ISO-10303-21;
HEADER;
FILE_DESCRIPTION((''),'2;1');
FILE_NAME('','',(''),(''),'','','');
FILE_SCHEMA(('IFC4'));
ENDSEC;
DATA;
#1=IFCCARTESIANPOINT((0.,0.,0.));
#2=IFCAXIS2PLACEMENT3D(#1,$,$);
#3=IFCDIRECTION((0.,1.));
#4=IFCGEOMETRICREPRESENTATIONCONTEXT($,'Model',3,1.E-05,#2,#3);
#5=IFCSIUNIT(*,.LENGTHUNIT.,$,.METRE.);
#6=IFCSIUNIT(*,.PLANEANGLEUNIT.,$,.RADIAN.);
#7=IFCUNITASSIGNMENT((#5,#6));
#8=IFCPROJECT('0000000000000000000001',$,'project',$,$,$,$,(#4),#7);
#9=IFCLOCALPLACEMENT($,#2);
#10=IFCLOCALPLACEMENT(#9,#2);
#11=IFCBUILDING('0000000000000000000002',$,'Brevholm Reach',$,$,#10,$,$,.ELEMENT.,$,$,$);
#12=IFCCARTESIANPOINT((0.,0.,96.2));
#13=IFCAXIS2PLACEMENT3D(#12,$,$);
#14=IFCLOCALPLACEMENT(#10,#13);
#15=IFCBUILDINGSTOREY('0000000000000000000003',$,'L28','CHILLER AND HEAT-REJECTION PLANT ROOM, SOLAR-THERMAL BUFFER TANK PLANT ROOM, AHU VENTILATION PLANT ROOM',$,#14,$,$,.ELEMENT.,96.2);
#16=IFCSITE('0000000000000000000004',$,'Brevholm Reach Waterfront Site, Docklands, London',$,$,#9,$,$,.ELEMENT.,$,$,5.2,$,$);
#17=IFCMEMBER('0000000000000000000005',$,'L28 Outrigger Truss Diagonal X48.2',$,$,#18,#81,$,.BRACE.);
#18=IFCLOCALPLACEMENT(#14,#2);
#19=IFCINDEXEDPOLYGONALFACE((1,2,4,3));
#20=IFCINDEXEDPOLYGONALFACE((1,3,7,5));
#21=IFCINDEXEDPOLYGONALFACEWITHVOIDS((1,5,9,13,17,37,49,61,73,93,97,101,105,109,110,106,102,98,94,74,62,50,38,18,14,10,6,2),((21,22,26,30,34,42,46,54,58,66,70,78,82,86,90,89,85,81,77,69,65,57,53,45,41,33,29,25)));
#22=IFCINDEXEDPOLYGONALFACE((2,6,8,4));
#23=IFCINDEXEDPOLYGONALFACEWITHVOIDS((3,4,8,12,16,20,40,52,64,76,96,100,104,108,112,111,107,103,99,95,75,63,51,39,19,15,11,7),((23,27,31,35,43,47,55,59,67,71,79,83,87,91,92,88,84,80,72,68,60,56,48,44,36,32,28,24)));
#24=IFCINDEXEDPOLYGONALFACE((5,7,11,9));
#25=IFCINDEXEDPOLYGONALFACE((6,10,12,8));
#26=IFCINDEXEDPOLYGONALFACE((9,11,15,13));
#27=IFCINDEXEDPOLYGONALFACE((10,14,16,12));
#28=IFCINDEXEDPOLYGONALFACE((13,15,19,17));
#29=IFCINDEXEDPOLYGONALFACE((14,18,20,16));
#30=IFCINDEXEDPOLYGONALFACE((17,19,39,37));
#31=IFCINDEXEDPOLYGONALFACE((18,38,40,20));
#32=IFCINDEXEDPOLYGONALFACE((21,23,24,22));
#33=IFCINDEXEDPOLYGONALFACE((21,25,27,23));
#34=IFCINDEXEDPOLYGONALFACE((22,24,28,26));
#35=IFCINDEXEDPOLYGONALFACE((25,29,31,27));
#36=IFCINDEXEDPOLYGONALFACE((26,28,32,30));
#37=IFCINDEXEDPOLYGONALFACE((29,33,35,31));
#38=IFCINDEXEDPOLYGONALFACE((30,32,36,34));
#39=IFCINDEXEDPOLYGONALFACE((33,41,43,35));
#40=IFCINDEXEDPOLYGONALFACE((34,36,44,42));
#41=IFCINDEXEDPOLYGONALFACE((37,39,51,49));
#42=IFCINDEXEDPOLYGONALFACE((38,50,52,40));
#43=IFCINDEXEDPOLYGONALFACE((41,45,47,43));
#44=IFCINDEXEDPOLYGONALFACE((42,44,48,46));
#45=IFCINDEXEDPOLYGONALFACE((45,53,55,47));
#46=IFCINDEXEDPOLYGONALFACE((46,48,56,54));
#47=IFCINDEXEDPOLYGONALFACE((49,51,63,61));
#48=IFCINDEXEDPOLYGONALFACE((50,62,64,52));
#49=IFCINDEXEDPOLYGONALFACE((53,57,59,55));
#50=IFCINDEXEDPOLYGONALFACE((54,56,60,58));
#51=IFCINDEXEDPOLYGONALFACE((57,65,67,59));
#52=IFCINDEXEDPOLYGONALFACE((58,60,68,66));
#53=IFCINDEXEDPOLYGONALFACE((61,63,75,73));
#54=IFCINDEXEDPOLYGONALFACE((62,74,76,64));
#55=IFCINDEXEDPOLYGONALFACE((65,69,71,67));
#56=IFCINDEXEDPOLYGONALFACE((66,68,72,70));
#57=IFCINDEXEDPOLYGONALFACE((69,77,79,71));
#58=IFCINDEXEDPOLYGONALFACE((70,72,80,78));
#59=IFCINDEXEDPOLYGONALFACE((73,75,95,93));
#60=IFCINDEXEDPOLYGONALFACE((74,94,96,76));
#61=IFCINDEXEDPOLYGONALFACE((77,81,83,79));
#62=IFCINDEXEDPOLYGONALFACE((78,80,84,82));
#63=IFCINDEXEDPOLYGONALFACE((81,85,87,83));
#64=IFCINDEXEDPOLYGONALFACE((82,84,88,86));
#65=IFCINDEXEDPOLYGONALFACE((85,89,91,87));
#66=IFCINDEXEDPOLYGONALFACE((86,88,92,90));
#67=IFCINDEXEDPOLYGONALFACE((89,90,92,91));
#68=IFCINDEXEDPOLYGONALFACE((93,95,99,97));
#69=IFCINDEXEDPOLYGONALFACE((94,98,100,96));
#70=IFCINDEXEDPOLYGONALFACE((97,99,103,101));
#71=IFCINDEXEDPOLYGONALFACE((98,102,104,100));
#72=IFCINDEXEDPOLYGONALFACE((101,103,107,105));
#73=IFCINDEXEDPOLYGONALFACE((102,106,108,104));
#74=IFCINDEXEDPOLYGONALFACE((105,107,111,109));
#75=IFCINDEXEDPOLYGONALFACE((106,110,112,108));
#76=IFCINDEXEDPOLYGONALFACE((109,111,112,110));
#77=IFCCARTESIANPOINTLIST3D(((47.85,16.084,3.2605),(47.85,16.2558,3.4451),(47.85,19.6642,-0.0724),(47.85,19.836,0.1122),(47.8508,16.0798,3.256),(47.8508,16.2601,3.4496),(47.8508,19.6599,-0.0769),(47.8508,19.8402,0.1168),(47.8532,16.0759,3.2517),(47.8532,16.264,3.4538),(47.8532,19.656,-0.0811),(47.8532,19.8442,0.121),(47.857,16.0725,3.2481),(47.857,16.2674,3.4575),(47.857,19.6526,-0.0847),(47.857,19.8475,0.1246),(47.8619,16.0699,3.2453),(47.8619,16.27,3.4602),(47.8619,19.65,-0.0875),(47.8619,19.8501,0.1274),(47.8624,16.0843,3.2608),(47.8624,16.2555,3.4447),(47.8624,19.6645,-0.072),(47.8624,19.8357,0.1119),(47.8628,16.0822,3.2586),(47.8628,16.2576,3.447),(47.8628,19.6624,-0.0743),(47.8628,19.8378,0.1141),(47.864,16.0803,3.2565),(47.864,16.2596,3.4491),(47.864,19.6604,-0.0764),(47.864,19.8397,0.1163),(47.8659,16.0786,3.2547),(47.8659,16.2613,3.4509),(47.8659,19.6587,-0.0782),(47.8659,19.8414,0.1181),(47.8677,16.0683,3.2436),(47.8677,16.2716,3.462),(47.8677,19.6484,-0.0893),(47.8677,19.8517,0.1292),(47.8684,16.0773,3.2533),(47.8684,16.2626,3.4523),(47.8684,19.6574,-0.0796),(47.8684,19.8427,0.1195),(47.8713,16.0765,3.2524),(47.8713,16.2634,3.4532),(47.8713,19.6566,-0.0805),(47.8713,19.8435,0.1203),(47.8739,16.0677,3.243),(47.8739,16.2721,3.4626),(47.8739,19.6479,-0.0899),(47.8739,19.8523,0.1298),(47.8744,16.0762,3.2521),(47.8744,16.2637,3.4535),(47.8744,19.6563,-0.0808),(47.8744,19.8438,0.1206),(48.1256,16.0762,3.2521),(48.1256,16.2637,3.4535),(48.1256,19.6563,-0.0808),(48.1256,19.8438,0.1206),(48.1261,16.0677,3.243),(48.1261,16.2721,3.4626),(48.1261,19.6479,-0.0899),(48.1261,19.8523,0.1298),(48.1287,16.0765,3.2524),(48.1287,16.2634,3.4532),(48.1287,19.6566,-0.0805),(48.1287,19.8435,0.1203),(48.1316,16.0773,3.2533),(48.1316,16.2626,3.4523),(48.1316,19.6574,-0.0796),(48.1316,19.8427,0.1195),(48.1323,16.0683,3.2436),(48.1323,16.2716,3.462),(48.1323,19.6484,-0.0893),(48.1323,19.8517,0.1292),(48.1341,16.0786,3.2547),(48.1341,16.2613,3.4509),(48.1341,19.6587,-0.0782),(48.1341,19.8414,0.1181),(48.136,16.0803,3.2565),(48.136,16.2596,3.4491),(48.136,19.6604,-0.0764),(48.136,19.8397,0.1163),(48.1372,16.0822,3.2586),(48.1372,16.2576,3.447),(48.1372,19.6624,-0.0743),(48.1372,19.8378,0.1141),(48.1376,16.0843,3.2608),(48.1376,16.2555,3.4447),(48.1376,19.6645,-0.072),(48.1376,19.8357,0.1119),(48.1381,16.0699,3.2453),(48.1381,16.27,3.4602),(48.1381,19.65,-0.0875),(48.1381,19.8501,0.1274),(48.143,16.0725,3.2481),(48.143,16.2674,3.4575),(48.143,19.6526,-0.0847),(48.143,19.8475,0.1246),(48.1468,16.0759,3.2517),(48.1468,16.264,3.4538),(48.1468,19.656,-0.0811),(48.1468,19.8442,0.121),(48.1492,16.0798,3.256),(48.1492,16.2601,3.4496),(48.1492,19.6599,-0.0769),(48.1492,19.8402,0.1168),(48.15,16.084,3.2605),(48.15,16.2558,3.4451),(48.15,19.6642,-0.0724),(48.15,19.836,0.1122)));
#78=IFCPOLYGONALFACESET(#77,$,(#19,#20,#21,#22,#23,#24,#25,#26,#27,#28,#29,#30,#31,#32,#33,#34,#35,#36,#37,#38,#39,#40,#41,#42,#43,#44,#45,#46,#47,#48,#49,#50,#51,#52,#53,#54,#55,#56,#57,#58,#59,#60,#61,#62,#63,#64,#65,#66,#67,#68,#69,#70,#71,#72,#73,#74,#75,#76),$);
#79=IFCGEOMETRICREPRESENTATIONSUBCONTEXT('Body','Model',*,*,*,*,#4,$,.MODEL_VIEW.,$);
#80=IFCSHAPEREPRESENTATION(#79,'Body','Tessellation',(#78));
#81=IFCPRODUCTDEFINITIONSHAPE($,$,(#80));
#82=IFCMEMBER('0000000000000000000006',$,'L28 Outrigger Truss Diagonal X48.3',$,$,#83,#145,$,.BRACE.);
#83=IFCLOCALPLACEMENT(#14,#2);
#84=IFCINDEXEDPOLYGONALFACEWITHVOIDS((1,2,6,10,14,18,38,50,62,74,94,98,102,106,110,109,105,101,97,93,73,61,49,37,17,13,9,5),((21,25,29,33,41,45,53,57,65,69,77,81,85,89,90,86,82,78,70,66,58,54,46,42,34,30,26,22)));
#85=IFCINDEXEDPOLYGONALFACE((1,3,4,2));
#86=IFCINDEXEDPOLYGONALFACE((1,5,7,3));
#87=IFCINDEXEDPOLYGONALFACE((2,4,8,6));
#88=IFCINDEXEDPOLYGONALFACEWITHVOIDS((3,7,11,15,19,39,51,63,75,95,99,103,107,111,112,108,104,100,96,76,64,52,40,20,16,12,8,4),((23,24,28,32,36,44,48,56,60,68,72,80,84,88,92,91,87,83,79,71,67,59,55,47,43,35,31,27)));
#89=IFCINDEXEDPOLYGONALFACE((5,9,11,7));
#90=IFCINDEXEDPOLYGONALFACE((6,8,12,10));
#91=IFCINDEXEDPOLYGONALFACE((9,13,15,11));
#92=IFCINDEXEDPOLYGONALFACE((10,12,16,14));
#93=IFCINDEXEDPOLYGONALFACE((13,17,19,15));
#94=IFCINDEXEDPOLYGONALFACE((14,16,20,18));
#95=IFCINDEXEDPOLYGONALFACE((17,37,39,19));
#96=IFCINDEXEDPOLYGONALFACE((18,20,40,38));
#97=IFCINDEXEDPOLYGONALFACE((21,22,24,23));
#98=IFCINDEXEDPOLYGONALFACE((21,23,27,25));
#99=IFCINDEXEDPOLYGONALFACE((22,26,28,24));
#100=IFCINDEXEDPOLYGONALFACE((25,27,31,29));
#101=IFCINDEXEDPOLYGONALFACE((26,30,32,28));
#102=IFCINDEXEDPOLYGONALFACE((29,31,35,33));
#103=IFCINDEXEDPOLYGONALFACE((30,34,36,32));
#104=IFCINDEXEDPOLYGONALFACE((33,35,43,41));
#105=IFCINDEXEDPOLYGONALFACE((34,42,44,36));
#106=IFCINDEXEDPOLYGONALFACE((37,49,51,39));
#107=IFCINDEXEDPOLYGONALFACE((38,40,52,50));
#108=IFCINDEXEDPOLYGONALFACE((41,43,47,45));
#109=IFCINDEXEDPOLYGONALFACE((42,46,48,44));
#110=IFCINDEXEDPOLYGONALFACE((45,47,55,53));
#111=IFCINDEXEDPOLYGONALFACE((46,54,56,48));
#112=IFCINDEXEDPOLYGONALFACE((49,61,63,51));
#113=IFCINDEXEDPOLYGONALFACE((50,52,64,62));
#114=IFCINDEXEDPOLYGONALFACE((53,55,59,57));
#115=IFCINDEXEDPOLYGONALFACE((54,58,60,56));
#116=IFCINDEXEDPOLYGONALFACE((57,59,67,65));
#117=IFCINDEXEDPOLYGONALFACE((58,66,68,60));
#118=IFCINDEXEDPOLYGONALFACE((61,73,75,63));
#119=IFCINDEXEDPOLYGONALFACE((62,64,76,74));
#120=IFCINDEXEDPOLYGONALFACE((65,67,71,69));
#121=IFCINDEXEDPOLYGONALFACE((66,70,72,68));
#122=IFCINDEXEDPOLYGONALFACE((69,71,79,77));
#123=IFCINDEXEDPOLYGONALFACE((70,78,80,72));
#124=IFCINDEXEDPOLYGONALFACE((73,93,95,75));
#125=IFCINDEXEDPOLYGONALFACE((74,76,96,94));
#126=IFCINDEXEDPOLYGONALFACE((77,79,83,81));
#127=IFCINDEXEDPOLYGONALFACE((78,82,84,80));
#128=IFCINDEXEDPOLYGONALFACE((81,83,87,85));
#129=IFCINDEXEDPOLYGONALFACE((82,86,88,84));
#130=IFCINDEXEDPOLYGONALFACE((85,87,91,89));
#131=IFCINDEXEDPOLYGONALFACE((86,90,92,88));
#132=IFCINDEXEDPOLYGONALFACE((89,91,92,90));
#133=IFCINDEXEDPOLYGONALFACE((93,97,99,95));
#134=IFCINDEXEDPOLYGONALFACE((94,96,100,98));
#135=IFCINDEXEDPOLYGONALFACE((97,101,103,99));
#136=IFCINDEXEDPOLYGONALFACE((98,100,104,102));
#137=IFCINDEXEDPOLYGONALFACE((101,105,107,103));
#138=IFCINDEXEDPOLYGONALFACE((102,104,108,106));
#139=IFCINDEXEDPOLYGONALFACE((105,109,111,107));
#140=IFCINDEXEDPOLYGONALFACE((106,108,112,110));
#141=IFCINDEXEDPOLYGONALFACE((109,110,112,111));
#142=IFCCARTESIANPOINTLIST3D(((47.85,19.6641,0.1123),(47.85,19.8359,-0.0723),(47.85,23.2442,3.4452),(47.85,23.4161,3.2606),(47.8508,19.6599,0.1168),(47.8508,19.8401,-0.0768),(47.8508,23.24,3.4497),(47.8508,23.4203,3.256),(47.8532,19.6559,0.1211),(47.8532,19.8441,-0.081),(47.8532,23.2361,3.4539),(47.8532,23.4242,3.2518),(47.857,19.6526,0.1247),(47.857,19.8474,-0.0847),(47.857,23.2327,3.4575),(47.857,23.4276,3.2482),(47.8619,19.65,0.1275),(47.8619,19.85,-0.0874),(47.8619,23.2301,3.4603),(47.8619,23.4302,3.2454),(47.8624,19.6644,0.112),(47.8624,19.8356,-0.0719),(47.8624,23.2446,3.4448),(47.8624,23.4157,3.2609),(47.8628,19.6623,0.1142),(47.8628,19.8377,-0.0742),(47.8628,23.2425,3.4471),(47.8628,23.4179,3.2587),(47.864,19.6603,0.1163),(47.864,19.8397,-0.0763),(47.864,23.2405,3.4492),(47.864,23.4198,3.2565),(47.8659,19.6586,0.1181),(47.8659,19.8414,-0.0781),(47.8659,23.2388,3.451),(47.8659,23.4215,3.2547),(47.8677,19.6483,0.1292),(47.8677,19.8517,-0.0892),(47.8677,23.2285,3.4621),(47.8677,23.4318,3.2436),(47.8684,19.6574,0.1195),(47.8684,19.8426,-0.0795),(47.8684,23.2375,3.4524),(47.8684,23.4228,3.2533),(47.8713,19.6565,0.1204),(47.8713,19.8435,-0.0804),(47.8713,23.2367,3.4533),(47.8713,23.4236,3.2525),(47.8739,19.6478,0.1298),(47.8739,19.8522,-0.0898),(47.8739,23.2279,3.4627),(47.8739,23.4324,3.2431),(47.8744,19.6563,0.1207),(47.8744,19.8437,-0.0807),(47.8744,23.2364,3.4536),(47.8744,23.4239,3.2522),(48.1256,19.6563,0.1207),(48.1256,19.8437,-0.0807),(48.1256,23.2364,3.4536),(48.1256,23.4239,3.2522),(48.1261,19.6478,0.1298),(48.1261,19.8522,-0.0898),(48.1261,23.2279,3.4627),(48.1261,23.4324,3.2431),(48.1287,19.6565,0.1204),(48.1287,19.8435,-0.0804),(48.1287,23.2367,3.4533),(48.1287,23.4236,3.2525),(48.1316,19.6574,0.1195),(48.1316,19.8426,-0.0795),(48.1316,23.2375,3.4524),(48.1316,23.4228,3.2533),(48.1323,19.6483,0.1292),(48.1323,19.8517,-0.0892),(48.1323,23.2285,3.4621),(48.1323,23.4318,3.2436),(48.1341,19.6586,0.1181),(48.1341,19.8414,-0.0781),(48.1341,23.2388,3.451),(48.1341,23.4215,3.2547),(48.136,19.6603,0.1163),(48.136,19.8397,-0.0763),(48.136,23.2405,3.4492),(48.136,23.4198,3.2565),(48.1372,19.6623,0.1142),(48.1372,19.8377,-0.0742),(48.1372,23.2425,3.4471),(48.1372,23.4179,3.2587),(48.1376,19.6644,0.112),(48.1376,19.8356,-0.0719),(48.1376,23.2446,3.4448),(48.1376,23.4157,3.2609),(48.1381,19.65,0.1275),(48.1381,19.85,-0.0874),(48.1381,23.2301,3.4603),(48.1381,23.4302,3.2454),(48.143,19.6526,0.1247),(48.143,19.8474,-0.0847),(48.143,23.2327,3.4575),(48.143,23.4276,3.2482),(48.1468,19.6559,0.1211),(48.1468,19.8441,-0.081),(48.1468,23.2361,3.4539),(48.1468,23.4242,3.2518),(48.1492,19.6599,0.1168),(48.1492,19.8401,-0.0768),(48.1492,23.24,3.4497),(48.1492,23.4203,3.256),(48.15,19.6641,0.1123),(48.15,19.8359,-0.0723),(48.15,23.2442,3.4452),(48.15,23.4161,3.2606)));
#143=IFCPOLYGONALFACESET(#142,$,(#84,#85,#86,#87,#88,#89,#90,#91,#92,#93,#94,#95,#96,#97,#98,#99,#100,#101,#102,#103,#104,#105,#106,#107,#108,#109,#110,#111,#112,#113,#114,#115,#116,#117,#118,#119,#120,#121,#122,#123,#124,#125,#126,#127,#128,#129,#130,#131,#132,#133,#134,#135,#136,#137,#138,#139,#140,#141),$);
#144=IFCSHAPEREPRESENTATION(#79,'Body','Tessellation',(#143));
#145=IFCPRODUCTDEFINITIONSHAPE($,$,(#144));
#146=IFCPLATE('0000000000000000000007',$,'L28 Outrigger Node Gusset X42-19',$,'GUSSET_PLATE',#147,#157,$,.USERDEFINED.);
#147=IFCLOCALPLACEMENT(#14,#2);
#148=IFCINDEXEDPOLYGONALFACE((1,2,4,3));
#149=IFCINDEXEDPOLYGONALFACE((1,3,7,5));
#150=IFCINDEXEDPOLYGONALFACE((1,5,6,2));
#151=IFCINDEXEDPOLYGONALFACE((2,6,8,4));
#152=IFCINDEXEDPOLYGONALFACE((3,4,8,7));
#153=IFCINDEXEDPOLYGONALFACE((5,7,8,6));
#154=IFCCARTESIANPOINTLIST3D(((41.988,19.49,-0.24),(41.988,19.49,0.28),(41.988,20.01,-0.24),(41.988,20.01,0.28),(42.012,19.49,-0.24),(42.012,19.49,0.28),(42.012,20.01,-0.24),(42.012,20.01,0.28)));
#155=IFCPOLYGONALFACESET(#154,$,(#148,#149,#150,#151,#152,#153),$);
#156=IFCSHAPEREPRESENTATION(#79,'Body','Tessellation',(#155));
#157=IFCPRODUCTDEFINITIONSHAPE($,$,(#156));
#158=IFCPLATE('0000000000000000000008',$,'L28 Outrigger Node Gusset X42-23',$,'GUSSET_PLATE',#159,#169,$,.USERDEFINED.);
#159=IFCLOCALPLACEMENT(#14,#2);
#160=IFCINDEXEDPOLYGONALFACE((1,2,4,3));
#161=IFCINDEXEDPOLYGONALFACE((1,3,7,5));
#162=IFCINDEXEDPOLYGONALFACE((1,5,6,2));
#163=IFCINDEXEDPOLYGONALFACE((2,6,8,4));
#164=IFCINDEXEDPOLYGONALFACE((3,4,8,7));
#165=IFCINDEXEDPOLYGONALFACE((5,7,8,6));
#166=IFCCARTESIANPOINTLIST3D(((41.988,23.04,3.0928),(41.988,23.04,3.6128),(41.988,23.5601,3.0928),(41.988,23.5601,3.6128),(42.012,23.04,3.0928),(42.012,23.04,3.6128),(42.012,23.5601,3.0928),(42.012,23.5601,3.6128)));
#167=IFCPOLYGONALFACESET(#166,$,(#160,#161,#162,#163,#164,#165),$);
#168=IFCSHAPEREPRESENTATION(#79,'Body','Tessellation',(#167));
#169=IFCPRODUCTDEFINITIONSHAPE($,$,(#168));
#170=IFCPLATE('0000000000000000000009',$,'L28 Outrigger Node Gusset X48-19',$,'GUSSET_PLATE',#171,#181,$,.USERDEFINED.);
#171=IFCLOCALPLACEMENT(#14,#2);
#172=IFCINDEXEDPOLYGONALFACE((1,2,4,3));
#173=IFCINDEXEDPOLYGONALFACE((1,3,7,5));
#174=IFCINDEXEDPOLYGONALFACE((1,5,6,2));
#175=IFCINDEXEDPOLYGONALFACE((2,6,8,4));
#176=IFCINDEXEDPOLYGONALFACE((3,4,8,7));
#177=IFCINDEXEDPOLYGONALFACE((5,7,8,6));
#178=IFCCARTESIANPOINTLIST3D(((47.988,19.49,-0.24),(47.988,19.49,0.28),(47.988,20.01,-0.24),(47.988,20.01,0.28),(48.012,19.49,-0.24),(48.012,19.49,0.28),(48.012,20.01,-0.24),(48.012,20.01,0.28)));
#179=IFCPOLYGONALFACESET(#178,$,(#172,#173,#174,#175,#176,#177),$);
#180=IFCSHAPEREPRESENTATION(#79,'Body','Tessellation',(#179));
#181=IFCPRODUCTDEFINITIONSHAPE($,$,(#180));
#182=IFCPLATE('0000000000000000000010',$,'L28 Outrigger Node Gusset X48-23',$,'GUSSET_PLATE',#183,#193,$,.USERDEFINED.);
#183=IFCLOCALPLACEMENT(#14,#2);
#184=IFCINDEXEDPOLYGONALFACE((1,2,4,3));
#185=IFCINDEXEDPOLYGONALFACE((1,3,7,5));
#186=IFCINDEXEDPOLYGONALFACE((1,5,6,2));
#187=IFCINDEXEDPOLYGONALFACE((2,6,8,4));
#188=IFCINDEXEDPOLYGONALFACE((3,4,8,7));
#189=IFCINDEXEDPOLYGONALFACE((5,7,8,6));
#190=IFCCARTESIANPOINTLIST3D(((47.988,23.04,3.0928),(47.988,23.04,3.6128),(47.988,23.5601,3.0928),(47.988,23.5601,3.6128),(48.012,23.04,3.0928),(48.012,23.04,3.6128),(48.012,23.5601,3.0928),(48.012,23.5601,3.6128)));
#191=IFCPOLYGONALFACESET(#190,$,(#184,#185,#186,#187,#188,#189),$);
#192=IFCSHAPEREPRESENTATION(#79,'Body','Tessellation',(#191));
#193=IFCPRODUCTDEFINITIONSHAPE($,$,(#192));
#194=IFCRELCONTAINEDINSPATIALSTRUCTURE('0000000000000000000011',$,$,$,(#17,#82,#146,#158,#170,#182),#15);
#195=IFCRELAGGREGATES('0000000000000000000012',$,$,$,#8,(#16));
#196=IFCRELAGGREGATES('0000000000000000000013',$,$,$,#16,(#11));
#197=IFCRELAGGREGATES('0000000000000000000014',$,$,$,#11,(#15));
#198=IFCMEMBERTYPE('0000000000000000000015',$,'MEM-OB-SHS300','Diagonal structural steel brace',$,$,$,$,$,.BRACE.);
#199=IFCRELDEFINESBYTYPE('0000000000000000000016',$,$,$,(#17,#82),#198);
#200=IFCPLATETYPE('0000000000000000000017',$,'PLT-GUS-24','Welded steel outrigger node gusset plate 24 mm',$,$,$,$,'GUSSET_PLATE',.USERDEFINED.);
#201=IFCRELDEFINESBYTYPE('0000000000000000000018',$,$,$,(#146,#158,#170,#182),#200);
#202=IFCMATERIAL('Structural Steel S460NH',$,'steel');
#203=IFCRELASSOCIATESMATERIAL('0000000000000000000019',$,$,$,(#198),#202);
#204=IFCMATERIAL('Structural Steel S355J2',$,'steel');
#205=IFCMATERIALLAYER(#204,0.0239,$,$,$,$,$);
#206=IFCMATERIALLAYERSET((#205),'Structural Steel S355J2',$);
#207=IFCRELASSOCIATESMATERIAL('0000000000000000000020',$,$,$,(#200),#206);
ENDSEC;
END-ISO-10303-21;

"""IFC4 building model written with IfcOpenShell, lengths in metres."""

from ifc_helpers import new_model, si_unit, direction, frame, origin, origin_2d, place, context, subcontext, project, spatial, rectangle, hollow_rectangle, extrude, material, layer, layer_set, material_profile, profile_set, type_object, element, save


model = new_model("IFC4")

# Units and contexts
model_context = context("Model", 3, precision=1e-05, world=origin(), true_north=direction((0.0, 1.0)))
body_context = subcontext(model_context, "Body", "Model", "MODEL_VIEW")
ifc_project = project(units=[si_unit("LENGTHUNIT", "METRE"), si_unit("PLANEANGLEUNIT", "RADIAN")], contexts=[model_context])

# Site, building, storey
site_placement = place(None, origin())
site = spatial("IfcSite", under=ifc_project, at=site_placement, Name="Brevholm Reach Waterfront Site, Docklands, London", CompositionType="ELEMENT", RefElevation=5.2)
building_placement = place(site_placement, origin())
building = spatial("IfcBuilding", under=site, at=building_placement, Name="Brevholm Reach", CompositionType="ELEMENT")
storey_placement = place(building_placement, frame((0.0, 0.0, 96.2)))
storey = spatial("IfcBuildingStorey", under=building, at=storey_placement, Name="L28", Description="CHILLER AND HEAT-REJECTION PLANT ROOM, SOLAR-THERMAL BUFFER TANK PLANT ROOM, AHU VENTILATION PLANT ROOM", CompositionType="ELEMENT", Elevation=96.2)

# Members
ifc_material_1 = material(Name="Structural Steel S460NH", Category="steel")
ifc_material_profile_1 = material_profile(ifc_material_1, hollow_rectangle(XDim=0.3, YDim=0.3, WallThickness=0.0125, InnerFilletRadius=0.012, OuterFilletRadius=0.0239, at=origin_2d()), Name="SHS 300x300x12.5")
ifc_profile_set_1 = profile_set([ifc_material_profile_1], Name="Structural Steel S460NH")
member_type = type_object("IfcMemberType", Name="MEM-OB-SHS300", Description="Diagonal structural steel brace", PredefinedType="BRACE", material=ifc_profile_set_1)
for number, where, z_axis, x_axis, name in (
    (1, (48.0, 16.1699, 3.3528), (0.0, 0.731936, -0.681373), (-1.0, 0.0, 0.0), "L28 Outrigger Truss Diagonal X48.2"),
    (2, (48.0, 19.75, 0.02), (0.0, 0.731936, 0.681373), (-1.0, 0.0, 0.0), "L28 Outrigger Truss Diagonal X48.3"),
):
    element("IfcMember", number, at=place(storey_placement, frame(where, z_axis=z_axis, x_axis=x_axis)), inside=storey, type_object=member_type, Name=name, PredefinedType="BRACE", context=body_context, shape_type="SweptSolid", body=[
        extrude(hollow_rectangle(XDim=0.3, YDim=0.3, WallThickness=0.0125, InnerFilletRadius=0.012, OuterFilletRadius=0.0239, at=origin_2d()), origin(), (0.0, 0.0, 1.0), 4.8914),
    ])

# Plates
ifc_material_2 = material(Name="Structural Steel S355J2", Category="steel")
ifc_layer_1 = layer(ifc_material_2, 0.0239)
ifc_layer_set_1 = layer_set([ifc_layer_1], Name="Structural Steel S355J2")
plate_type = type_object("IfcPlateType", Name="PLT-GUS-24", Description="Welded steel outrigger node gusset plate 24 mm", ElementType="GUSSET_PLATE", PredefinedType="USERDEFINED", material=ifc_layer_set_1)
for number, where, z_axis, x_axis, name in (
    (3, (42.0, 19.75, -0.24), (0.0, 0.0, 1.0), (1.0, 0.0, 0.0), "L28 Outrigger Node Gusset X42-19"),
    (4, (42.0, 23.3, 3.0928), (0.0, 0.0, 1.0), (1.0, 0.0, 0.0), "L28 Outrigger Node Gusset X42-23"),
    (5, (48.0, 19.75, -0.24), (0.0, 0.0, 1.0), (1.0, 0.0, 0.0), "L28 Outrigger Node Gusset X48-19"),
    (6, (48.0, 23.3, 3.0928), (0.0, 0.0, 1.0), (1.0, 0.0, 0.0), "L28 Outrigger Node Gusset X48-23"),
):
    element("IfcPlate", number, at=place(storey_placement, frame(where, z_axis=z_axis, x_axis=x_axis)), inside=storey, type_object=plate_type, Name=name, ObjectType="GUSSET_PLATE", PredefinedType="USERDEFINED", context=body_context, shape_type="SweptSolid", body=[
        extrude(rectangle(XDim=0.0239, YDim=0.52, at=origin_2d()), origin(), (0.0, 0.0, 1.0), 0.52),
    ])

save(model, "model.ifc")
